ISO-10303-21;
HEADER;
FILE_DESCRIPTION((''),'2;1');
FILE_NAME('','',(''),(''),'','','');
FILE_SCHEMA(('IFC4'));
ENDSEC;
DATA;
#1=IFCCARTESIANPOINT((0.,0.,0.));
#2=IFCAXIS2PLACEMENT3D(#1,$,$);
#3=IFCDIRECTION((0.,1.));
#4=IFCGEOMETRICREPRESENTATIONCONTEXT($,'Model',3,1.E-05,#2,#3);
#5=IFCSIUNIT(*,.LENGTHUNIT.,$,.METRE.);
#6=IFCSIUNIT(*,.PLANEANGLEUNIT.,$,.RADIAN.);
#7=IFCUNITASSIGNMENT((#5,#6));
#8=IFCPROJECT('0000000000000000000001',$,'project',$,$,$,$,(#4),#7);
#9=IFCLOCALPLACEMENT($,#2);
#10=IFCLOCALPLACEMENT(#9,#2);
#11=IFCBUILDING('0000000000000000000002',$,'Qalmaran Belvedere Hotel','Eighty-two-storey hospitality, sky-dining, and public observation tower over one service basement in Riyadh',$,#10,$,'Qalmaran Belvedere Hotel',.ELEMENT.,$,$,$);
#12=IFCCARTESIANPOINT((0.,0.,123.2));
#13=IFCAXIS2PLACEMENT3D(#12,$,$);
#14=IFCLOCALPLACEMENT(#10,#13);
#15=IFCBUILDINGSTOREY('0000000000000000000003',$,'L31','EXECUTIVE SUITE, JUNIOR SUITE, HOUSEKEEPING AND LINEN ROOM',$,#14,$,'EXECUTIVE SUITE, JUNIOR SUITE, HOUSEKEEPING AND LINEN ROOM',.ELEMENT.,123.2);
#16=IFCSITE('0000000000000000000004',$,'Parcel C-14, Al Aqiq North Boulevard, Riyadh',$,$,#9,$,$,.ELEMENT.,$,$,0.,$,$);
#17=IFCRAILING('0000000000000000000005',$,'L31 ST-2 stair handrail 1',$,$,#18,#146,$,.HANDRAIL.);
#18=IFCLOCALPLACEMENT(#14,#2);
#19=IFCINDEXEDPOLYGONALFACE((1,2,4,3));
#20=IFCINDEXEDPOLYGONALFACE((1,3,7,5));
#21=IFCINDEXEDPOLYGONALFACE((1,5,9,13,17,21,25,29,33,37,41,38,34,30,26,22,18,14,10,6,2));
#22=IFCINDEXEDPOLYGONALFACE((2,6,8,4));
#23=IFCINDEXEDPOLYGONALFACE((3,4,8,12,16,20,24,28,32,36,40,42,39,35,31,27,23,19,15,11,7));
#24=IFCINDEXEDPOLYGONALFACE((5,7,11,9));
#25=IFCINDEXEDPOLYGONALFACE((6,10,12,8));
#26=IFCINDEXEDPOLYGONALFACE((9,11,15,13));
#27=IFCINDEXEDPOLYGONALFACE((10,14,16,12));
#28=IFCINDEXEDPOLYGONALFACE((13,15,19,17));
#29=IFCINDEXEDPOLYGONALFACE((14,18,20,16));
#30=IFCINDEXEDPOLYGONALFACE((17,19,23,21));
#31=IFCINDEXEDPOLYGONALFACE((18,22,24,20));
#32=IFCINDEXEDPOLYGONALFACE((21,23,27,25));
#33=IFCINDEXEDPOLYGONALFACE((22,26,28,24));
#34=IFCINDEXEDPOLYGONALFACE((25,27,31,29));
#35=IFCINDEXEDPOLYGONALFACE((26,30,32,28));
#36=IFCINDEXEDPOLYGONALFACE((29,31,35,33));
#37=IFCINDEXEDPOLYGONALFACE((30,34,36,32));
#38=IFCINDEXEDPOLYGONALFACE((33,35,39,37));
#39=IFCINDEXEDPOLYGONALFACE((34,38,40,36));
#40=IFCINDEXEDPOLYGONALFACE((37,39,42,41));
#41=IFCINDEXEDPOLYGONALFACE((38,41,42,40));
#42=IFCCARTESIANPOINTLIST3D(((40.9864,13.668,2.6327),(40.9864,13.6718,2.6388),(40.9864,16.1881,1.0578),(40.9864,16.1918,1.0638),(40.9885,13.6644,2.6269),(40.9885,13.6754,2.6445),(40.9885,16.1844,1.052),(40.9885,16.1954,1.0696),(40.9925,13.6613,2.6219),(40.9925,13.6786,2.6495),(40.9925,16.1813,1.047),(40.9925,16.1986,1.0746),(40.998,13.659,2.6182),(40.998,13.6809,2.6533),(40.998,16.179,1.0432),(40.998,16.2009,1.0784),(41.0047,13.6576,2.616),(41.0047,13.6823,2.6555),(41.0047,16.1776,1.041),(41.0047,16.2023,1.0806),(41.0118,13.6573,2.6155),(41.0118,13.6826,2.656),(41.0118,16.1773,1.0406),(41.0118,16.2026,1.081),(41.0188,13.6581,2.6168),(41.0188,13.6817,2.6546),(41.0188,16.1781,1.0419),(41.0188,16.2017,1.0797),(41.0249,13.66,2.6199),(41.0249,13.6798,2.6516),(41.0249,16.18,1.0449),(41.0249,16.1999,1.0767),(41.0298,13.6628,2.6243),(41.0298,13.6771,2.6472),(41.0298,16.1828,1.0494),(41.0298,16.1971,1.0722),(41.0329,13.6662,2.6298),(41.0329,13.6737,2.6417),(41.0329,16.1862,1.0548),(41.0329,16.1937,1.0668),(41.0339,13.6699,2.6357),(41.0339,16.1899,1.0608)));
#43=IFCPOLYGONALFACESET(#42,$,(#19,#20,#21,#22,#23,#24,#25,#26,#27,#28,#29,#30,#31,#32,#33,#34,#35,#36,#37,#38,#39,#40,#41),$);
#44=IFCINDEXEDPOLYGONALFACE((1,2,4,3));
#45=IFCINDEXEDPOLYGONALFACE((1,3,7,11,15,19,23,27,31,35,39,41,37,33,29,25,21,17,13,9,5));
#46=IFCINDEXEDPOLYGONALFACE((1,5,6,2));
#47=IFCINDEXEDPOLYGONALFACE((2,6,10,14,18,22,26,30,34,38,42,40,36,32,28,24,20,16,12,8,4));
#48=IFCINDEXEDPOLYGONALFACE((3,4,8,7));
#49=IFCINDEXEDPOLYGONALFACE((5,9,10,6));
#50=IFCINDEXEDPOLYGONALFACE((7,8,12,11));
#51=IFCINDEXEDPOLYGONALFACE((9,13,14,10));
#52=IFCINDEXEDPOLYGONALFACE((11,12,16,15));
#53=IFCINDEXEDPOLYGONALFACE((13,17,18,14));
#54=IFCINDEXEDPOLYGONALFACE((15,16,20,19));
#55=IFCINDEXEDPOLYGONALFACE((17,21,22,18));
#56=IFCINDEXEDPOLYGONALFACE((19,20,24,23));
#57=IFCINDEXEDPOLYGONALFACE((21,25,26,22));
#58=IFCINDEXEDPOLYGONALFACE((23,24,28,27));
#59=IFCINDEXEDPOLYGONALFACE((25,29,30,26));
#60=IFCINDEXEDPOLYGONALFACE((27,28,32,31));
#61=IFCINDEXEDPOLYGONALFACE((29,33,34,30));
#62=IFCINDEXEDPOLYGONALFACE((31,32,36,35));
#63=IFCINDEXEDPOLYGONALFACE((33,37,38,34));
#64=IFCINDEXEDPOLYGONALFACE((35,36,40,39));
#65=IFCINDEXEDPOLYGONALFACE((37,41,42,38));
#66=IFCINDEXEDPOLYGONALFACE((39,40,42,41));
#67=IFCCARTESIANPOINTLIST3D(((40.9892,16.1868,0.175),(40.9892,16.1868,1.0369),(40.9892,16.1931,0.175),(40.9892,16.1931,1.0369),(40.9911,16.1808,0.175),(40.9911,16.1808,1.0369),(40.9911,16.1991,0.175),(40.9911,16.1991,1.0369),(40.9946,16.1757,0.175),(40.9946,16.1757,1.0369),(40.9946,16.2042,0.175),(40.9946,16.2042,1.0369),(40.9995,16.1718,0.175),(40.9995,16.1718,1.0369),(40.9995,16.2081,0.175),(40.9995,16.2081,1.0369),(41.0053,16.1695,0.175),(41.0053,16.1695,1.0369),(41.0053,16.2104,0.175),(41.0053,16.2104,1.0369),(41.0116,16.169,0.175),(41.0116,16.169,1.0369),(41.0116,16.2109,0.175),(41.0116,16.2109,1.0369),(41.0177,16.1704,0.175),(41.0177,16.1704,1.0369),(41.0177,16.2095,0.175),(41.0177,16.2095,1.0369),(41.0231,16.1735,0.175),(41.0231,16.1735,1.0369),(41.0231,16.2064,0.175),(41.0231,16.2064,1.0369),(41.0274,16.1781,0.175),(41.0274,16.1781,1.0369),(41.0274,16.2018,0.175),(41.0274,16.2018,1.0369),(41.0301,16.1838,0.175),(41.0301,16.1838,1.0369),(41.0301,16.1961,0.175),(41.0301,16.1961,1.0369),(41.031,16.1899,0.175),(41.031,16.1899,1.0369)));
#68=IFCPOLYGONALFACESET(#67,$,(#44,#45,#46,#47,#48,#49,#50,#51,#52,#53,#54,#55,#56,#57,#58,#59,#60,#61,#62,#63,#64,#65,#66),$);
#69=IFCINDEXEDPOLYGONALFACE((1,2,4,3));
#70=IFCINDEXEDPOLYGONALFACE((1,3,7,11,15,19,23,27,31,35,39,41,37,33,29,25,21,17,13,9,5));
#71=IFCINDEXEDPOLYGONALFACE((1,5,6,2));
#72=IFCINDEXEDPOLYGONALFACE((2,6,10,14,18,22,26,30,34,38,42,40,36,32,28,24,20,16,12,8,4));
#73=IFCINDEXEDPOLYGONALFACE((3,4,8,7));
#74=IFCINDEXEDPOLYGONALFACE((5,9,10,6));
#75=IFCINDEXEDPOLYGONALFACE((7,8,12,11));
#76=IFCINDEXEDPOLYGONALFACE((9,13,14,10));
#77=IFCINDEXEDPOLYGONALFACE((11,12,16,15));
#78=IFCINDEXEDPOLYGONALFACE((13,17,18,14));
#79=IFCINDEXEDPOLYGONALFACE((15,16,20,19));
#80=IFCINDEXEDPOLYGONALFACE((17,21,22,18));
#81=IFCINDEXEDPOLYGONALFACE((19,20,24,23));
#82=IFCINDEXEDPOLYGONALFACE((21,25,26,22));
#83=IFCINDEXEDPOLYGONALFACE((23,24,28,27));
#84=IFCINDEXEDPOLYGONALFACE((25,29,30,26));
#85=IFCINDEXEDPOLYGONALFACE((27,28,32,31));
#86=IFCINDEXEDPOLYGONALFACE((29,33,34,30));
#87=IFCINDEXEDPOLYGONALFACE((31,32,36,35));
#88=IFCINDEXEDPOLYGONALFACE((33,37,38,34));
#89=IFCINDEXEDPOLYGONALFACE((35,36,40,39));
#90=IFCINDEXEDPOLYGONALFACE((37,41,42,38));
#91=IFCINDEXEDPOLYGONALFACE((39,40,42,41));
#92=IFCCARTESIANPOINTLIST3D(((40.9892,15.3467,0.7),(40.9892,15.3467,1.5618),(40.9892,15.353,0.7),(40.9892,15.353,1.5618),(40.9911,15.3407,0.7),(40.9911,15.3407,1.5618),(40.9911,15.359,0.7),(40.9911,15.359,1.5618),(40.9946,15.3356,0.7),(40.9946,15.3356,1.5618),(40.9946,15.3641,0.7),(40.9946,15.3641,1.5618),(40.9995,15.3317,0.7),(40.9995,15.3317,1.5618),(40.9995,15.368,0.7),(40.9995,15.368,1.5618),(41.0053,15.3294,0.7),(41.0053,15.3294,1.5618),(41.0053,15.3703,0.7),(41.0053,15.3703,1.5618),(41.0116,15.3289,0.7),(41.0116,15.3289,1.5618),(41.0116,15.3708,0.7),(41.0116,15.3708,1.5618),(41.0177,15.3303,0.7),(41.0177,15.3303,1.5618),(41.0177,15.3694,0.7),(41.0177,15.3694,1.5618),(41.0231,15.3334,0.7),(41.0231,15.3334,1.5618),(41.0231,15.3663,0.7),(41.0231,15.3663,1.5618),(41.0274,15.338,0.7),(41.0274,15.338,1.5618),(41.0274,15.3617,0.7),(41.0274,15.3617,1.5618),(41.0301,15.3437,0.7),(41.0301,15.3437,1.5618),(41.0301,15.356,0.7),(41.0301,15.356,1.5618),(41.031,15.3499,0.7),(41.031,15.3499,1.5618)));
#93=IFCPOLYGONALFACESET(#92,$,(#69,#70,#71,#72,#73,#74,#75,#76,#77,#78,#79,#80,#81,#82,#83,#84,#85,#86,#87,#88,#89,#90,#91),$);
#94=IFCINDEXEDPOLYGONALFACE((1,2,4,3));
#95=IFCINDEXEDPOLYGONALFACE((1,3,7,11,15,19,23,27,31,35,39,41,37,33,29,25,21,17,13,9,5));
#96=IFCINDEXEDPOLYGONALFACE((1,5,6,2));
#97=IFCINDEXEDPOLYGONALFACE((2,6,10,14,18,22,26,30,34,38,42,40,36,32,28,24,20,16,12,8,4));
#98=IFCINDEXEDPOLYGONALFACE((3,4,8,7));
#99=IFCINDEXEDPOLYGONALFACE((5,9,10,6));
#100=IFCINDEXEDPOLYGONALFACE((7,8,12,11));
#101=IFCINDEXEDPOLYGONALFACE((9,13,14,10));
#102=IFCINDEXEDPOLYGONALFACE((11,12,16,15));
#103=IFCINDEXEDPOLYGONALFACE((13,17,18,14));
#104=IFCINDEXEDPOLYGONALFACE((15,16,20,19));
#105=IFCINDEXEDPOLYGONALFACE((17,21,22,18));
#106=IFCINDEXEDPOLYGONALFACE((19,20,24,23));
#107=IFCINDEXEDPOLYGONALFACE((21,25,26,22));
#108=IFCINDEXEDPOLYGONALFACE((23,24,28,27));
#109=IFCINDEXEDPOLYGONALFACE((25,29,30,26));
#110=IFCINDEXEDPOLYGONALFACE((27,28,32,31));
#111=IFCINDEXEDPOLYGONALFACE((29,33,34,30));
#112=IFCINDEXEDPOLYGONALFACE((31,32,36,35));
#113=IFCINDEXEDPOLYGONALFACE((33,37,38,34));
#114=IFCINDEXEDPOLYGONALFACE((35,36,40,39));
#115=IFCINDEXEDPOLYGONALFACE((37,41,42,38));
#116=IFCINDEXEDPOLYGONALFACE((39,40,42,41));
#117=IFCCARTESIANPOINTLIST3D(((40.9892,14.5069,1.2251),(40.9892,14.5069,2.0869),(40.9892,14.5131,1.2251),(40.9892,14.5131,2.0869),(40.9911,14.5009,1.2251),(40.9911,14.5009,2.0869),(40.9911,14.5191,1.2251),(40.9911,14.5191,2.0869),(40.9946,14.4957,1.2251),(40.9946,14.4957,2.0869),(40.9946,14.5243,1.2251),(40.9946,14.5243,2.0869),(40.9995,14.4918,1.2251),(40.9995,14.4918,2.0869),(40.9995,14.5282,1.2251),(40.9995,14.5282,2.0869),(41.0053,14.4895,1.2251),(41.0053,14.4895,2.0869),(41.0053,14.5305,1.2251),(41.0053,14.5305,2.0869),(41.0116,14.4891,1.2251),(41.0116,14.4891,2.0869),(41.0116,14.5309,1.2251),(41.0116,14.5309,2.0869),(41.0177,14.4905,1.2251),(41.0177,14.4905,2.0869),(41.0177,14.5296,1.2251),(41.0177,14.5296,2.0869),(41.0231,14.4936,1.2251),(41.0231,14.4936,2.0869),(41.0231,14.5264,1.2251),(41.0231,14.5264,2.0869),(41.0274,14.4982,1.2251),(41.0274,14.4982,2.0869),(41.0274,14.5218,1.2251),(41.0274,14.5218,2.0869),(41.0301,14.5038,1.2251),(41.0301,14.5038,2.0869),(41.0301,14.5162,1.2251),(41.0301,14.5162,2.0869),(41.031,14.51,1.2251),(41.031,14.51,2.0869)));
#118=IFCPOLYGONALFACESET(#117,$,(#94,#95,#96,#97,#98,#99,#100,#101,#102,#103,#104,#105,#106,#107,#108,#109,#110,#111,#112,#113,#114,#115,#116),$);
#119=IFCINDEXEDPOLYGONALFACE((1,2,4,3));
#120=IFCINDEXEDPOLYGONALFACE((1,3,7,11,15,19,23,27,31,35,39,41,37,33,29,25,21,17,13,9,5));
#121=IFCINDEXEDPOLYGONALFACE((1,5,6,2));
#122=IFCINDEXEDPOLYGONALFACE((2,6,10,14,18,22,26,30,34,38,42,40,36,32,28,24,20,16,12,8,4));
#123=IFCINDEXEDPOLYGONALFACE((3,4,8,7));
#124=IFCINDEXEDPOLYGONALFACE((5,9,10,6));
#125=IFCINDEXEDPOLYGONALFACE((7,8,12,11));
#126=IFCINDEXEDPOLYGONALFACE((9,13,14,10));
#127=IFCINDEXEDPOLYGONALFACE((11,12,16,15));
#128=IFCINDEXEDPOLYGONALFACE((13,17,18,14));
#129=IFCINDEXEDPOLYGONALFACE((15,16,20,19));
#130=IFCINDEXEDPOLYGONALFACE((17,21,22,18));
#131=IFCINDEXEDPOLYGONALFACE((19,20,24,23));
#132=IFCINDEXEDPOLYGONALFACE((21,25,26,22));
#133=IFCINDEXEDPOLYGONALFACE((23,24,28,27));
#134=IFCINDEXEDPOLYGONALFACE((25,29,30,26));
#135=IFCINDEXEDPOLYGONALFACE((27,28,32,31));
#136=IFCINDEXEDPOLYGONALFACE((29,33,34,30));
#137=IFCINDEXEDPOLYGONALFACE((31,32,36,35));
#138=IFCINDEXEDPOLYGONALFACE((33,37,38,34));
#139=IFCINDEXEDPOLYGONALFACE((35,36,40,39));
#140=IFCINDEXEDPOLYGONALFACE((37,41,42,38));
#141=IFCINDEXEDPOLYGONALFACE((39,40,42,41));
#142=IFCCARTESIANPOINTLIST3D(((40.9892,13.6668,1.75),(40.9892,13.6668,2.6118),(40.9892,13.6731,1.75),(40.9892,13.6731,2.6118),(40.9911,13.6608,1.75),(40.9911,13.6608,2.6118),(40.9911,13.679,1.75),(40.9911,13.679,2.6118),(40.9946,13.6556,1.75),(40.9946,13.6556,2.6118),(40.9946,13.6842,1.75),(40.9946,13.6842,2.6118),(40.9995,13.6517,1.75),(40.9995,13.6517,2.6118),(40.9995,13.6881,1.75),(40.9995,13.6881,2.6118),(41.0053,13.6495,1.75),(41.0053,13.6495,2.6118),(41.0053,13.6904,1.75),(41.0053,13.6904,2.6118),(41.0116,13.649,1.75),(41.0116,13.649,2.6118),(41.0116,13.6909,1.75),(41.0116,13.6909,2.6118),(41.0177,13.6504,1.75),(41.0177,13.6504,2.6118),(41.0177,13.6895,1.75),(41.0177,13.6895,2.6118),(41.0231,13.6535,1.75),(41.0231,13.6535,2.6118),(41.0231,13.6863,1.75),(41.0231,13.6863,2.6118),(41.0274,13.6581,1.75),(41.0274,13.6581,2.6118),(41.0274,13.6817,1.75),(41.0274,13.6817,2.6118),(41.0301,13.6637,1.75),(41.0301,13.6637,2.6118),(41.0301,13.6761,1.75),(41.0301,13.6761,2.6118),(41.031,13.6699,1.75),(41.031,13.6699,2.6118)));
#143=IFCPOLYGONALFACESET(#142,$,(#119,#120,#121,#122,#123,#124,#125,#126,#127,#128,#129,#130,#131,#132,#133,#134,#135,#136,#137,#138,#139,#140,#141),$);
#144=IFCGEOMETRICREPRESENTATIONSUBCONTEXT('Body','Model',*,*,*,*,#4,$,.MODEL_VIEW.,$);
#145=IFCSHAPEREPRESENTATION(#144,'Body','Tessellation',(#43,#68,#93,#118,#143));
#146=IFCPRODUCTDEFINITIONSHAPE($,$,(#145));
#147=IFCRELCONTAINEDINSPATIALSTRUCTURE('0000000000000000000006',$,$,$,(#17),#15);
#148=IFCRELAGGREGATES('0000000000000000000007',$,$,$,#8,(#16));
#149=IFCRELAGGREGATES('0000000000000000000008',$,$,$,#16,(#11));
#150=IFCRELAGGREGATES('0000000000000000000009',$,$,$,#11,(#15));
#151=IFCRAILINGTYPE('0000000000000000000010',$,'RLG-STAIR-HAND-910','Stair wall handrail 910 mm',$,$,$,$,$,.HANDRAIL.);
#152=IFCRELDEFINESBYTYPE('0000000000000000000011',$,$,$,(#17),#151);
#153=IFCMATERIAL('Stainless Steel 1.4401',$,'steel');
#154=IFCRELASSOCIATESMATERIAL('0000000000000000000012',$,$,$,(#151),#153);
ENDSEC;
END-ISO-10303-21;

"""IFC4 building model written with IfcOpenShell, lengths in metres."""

from ifc_helpers import new_model, si_unit, direction, frame, origin, origin_2d, place, context, subcontext, project, spatial, circle, extrude, material, type_object, element, save


model = new_model("IFC4")

# Units and contexts
model_context = context("Model", 3, precision=1e-05, world=origin(), true_north=direction((0.0, 1.0)))
body_context = subcontext(model_context, "Body", "Model", "MODEL_VIEW")
ifc_project = project(units=[si_unit("LENGTHUNIT", "METRE"), si_unit("PLANEANGLEUNIT", "RADIAN")], contexts=[model_context])

# Site, building, storey
site_placement = place(None, origin())
site = spatial("IfcSite", under=ifc_project, at=site_placement, Name="Parcel C-14, Al Aqiq North Boulevard, Riyadh", CompositionType="ELEMENT", RefElevation=0.0)
building_placement = place(site_placement, origin())
building = spatial("IfcBuilding", under=site, at=building_placement, Name="Qalmaran Belvedere Hotel", Description="Eighty-two-storey hospitality, sky-dining, and public observation tower over one service basement in Riyadh", LongName="Qalmaran Belvedere Hotel", CompositionType="ELEMENT")
storey_placement = place(building_placement, frame((0.0, 0.0, 123.2)))
storey = spatial("IfcBuildingStorey", under=building, at=storey_placement, Name="L31", Description="EXECUTIVE SUITE, JUNIOR SUITE, HOUSEKEEPING AND LINEN ROOM", LongName="EXECUTIVE SUITE, JUNIOR SUITE, HOUSEKEEPING AND LINEN ROOM", CompositionType="ELEMENT", Elevation=123.2)

# Shared definitions
ifc_material_1 = material(Name="Stainless Steel 1.4401", Category="steel")

# Railing
railing_type_1 = type_object("IfcRailingType", Name="RLG-STAIR-HAND-910", Description="Stair wall handrail 910 mm", PredefinedType="HANDRAIL", material=ifc_material_1)
railing_1_placement = place(storey_placement, frame((41.01, 16.1899, 0.175)))
element("IfcRailing", 1, at=railing_1_placement, inside=storey, type_object=railing_type_1, Name="L31 ST-2 stair handrail 1", PredefinedType="HANDRAIL", context=body_context, shape_type="SweptSolid", body=[
    extrude(circle(Radius=0.0239, at=origin_2d()), frame((0.0, 0.0, 0.8857), z_axis=(0.0, -0.848008, 0.529984), x_axis=(1.0, 0.0, 0.0)), (0.0, 0.0, 1.0), 2.9717),
    extrude(circle(Radius=0.021, at=origin_2d()), origin(), (0.0, 0.0, 1.0), 0.8618),
    extrude(circle(Radius=0.021, at=origin_2d()), frame((0.0, -0.8401, 0.5249)), (0.0, 0.0, 1.0), 0.8618),
    extrude(circle(Radius=0.021, at=origin_2d()), frame((0.0, -1.6799, 1.05)), (0.0, 0.0, 1.0), 0.8618),
    extrude(circle(Radius=0.021, at=origin_2d()), frame((0.0, -2.52, 1.575)), (0.0, 0.0, 1.0), 0.8618),
])

save(model, "model.ifc")
